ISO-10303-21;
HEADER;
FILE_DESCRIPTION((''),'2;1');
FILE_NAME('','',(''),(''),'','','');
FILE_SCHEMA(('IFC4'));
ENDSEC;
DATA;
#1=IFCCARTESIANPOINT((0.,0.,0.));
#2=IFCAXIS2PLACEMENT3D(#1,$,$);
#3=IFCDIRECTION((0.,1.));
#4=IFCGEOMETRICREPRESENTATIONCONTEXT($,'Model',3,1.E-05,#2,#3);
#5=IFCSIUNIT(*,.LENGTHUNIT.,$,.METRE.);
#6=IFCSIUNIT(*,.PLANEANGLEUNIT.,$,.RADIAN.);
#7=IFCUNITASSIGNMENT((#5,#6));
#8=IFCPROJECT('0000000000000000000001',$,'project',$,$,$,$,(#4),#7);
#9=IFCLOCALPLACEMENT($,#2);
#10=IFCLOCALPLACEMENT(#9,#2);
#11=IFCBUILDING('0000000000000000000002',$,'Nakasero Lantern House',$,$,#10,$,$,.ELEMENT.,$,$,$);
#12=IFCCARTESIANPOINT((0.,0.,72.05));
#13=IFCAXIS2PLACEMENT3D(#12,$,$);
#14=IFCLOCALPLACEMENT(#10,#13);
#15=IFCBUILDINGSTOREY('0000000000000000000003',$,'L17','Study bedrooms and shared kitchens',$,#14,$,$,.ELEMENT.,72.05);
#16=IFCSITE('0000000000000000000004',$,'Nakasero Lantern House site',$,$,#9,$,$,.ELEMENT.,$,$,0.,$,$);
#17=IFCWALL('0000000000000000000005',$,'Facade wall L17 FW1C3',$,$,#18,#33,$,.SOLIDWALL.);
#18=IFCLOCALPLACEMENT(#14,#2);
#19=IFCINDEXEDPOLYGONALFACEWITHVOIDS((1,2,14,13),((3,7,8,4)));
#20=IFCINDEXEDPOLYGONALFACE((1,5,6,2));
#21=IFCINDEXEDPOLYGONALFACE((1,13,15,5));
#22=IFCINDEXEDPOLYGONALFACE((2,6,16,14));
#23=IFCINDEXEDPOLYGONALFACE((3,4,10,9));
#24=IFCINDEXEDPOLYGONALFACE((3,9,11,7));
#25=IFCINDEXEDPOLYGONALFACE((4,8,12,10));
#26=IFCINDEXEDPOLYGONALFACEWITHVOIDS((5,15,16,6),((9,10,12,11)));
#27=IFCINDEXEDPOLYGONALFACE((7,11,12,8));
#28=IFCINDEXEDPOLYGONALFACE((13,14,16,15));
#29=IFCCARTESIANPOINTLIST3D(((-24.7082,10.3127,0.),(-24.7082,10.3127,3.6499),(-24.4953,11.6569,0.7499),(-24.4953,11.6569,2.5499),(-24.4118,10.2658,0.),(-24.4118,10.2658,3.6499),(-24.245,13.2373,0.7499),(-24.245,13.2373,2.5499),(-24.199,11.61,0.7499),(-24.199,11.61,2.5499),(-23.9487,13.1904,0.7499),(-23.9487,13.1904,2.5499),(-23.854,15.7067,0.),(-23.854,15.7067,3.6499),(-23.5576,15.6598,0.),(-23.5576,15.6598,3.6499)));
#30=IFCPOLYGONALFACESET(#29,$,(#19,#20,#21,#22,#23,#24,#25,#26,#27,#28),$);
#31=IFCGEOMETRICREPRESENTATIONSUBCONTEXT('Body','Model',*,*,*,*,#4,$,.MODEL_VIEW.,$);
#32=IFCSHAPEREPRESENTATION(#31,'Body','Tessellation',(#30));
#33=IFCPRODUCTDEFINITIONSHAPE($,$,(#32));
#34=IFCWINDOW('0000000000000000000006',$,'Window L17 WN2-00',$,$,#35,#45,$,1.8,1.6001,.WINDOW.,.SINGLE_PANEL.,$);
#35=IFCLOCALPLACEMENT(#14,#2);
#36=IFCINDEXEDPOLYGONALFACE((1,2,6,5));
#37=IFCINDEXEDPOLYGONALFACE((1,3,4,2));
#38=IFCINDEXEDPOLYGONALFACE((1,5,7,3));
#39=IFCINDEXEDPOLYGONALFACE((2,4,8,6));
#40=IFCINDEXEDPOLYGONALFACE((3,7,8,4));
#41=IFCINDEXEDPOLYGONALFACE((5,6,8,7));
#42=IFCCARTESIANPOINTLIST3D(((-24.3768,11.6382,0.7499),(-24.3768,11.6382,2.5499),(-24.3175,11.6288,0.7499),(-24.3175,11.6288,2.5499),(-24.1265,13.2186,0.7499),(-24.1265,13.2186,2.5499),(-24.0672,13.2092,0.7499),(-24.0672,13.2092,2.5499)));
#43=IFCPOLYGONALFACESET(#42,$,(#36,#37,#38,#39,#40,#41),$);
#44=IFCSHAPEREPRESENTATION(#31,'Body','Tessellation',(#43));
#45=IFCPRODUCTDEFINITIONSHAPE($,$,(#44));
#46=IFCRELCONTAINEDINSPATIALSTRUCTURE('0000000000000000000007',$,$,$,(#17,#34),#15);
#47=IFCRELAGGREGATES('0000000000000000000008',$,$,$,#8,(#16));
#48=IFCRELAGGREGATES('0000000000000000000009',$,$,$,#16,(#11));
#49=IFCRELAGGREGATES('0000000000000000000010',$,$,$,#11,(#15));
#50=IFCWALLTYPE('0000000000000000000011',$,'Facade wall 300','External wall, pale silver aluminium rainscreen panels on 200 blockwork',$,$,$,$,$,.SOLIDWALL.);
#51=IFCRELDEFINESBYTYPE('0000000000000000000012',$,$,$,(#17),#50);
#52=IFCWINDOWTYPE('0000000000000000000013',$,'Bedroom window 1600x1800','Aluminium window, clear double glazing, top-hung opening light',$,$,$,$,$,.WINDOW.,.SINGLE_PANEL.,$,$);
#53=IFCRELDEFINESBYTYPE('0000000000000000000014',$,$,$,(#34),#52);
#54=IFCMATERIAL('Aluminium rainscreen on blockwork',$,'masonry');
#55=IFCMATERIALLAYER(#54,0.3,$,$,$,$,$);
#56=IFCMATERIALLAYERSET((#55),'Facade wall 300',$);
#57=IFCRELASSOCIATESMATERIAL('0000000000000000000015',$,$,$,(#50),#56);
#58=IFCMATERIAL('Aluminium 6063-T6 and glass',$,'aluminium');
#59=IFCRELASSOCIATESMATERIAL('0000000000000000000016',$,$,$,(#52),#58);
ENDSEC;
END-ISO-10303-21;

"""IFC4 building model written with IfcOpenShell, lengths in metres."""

from ifc_helpers import new_model, si_unit, direction, frame, frame_2d, origin, place, context, subcontext, project, spatial, rectangle, extrude, material, layer, layer_set, type_object, element, fill, save


model = new_model("IFC4")

# Units and contexts
model_context = context("Model", 3, precision=1e-05, world=origin(), true_north=direction((0.0, 1.0)))
body_context = subcontext(model_context, "Body", "Model", "MODEL_VIEW")
ifc_project = project(units=[si_unit("LENGTHUNIT", "METRE"), si_unit("PLANEANGLEUNIT", "RADIAN")], contexts=[model_context])

# Site, building, storey
site_placement = place(None, origin())
site = spatial("IfcSite", under=ifc_project, at=site_placement, Name="Nakasero Lantern House site", CompositionType="ELEMENT", RefElevation=0.0)
building_placement = place(site_placement, origin())
building = spatial("IfcBuilding", under=site, at=building_placement, Name="Nakasero Lantern House", CompositionType="ELEMENT")
storey_placement = place(building_placement, frame((0.0, 0.0, 72.05)))
storey = spatial("IfcBuildingStorey", under=building, at=storey_placement, Name="L17", Description="Study bedrooms and shared kitchens", CompositionType="ELEMENT", Elevation=72.05)

# Wall, opening, window
ifc_material_1 = material(Name="Aluminium rainscreen on blockwork", Category="masonry")
ifc_layer_1 = layer(ifc_material_1, 0.3)
ifc_layer_set_1 = layer_set([ifc_layer_1], Name="Facade wall 300")
wall_type_1 = type_object("IfcWallType", Name="Facade wall 300", Description="External wall, pale silver aluminium rainscreen panels on 200 blockwork", PredefinedType="SOLIDWALL", material=ifc_layer_set_1)
wall_1_placement = place(storey_placement, frame((-23.7058, 15.6831, 0.0), z_axis=(0.0, 0.0, 1.0), x_axis=(-0.156419, -0.987691, 0.0)))
wall_1 = element("IfcWall", 1, at=wall_1_placement, inside=storey, type_object=wall_type_1, Name="Facade wall L17 FW1C3", PredefinedType="SOLIDWALL", context=body_context, shape_type="SweptSolid", body=[
    extrude(rectangle(XDim=5.4612, YDim=0.3, at=frame_2d((2.7305, 0.0))), origin(), (0.0, 0.0, 1.0), 3.6499),
])
opening_1_placement = place(wall_1_placement, frame((2.5, 0.0, 0.75)))
opening_1 = element("IfcOpeningElement", 2, at=opening_1_placement, cuts=wall_1, PredefinedType="OPENING", context=body_context, shape_type="SweptSolid", body=[
    extrude(rectangle(XDim=1.6001, YDim=1.8, at=frame_2d((0.8, 0.8999))), frame((0.0, 0.1699, 0.0), z_axis=(0.0, -1.0, 0.0), x_axis=(1.0, 0.0, 0.0)), (0.0, 0.0, 1.0), 0.3401),
])
ifc_material_2 = material(Name="Aluminium 6063-T6 and glass", Category="aluminium")
window_type_1 = type_object("IfcWindowType", Name="Bedroom window 1600x1800", Description="Aluminium window, clear double glazing, top-hung opening light", PartitioningType="SINGLE_PANEL", PredefinedType="WINDOW", material=ifc_material_2)
window_1_placement = place(opening_1_placement, origin())
window_1 = element("IfcWindow", 3, at=window_1_placement, inside=storey, type_object=window_type_1, Name="Window L17 WN2-00", OverallHeight=1.8, OverallWidth=1.6001, PartitioningType="SINGLE_PANEL", PredefinedType="WINDOW", context=body_context, shape_type="SweptSolid", body=[
    extrude(rectangle(XDim=1.6001, YDim=1.8, at=frame_2d((0.8, 0.8999))), frame((0.0, 0.03, 0.0), z_axis=(0.0, -1.0, 0.0), x_axis=(1.0, 0.0, 0.0)), (0.0, 0.0, 1.0), 0.0601),
])
fill(opening_1, window_1)

save(model, "model.ifc")
